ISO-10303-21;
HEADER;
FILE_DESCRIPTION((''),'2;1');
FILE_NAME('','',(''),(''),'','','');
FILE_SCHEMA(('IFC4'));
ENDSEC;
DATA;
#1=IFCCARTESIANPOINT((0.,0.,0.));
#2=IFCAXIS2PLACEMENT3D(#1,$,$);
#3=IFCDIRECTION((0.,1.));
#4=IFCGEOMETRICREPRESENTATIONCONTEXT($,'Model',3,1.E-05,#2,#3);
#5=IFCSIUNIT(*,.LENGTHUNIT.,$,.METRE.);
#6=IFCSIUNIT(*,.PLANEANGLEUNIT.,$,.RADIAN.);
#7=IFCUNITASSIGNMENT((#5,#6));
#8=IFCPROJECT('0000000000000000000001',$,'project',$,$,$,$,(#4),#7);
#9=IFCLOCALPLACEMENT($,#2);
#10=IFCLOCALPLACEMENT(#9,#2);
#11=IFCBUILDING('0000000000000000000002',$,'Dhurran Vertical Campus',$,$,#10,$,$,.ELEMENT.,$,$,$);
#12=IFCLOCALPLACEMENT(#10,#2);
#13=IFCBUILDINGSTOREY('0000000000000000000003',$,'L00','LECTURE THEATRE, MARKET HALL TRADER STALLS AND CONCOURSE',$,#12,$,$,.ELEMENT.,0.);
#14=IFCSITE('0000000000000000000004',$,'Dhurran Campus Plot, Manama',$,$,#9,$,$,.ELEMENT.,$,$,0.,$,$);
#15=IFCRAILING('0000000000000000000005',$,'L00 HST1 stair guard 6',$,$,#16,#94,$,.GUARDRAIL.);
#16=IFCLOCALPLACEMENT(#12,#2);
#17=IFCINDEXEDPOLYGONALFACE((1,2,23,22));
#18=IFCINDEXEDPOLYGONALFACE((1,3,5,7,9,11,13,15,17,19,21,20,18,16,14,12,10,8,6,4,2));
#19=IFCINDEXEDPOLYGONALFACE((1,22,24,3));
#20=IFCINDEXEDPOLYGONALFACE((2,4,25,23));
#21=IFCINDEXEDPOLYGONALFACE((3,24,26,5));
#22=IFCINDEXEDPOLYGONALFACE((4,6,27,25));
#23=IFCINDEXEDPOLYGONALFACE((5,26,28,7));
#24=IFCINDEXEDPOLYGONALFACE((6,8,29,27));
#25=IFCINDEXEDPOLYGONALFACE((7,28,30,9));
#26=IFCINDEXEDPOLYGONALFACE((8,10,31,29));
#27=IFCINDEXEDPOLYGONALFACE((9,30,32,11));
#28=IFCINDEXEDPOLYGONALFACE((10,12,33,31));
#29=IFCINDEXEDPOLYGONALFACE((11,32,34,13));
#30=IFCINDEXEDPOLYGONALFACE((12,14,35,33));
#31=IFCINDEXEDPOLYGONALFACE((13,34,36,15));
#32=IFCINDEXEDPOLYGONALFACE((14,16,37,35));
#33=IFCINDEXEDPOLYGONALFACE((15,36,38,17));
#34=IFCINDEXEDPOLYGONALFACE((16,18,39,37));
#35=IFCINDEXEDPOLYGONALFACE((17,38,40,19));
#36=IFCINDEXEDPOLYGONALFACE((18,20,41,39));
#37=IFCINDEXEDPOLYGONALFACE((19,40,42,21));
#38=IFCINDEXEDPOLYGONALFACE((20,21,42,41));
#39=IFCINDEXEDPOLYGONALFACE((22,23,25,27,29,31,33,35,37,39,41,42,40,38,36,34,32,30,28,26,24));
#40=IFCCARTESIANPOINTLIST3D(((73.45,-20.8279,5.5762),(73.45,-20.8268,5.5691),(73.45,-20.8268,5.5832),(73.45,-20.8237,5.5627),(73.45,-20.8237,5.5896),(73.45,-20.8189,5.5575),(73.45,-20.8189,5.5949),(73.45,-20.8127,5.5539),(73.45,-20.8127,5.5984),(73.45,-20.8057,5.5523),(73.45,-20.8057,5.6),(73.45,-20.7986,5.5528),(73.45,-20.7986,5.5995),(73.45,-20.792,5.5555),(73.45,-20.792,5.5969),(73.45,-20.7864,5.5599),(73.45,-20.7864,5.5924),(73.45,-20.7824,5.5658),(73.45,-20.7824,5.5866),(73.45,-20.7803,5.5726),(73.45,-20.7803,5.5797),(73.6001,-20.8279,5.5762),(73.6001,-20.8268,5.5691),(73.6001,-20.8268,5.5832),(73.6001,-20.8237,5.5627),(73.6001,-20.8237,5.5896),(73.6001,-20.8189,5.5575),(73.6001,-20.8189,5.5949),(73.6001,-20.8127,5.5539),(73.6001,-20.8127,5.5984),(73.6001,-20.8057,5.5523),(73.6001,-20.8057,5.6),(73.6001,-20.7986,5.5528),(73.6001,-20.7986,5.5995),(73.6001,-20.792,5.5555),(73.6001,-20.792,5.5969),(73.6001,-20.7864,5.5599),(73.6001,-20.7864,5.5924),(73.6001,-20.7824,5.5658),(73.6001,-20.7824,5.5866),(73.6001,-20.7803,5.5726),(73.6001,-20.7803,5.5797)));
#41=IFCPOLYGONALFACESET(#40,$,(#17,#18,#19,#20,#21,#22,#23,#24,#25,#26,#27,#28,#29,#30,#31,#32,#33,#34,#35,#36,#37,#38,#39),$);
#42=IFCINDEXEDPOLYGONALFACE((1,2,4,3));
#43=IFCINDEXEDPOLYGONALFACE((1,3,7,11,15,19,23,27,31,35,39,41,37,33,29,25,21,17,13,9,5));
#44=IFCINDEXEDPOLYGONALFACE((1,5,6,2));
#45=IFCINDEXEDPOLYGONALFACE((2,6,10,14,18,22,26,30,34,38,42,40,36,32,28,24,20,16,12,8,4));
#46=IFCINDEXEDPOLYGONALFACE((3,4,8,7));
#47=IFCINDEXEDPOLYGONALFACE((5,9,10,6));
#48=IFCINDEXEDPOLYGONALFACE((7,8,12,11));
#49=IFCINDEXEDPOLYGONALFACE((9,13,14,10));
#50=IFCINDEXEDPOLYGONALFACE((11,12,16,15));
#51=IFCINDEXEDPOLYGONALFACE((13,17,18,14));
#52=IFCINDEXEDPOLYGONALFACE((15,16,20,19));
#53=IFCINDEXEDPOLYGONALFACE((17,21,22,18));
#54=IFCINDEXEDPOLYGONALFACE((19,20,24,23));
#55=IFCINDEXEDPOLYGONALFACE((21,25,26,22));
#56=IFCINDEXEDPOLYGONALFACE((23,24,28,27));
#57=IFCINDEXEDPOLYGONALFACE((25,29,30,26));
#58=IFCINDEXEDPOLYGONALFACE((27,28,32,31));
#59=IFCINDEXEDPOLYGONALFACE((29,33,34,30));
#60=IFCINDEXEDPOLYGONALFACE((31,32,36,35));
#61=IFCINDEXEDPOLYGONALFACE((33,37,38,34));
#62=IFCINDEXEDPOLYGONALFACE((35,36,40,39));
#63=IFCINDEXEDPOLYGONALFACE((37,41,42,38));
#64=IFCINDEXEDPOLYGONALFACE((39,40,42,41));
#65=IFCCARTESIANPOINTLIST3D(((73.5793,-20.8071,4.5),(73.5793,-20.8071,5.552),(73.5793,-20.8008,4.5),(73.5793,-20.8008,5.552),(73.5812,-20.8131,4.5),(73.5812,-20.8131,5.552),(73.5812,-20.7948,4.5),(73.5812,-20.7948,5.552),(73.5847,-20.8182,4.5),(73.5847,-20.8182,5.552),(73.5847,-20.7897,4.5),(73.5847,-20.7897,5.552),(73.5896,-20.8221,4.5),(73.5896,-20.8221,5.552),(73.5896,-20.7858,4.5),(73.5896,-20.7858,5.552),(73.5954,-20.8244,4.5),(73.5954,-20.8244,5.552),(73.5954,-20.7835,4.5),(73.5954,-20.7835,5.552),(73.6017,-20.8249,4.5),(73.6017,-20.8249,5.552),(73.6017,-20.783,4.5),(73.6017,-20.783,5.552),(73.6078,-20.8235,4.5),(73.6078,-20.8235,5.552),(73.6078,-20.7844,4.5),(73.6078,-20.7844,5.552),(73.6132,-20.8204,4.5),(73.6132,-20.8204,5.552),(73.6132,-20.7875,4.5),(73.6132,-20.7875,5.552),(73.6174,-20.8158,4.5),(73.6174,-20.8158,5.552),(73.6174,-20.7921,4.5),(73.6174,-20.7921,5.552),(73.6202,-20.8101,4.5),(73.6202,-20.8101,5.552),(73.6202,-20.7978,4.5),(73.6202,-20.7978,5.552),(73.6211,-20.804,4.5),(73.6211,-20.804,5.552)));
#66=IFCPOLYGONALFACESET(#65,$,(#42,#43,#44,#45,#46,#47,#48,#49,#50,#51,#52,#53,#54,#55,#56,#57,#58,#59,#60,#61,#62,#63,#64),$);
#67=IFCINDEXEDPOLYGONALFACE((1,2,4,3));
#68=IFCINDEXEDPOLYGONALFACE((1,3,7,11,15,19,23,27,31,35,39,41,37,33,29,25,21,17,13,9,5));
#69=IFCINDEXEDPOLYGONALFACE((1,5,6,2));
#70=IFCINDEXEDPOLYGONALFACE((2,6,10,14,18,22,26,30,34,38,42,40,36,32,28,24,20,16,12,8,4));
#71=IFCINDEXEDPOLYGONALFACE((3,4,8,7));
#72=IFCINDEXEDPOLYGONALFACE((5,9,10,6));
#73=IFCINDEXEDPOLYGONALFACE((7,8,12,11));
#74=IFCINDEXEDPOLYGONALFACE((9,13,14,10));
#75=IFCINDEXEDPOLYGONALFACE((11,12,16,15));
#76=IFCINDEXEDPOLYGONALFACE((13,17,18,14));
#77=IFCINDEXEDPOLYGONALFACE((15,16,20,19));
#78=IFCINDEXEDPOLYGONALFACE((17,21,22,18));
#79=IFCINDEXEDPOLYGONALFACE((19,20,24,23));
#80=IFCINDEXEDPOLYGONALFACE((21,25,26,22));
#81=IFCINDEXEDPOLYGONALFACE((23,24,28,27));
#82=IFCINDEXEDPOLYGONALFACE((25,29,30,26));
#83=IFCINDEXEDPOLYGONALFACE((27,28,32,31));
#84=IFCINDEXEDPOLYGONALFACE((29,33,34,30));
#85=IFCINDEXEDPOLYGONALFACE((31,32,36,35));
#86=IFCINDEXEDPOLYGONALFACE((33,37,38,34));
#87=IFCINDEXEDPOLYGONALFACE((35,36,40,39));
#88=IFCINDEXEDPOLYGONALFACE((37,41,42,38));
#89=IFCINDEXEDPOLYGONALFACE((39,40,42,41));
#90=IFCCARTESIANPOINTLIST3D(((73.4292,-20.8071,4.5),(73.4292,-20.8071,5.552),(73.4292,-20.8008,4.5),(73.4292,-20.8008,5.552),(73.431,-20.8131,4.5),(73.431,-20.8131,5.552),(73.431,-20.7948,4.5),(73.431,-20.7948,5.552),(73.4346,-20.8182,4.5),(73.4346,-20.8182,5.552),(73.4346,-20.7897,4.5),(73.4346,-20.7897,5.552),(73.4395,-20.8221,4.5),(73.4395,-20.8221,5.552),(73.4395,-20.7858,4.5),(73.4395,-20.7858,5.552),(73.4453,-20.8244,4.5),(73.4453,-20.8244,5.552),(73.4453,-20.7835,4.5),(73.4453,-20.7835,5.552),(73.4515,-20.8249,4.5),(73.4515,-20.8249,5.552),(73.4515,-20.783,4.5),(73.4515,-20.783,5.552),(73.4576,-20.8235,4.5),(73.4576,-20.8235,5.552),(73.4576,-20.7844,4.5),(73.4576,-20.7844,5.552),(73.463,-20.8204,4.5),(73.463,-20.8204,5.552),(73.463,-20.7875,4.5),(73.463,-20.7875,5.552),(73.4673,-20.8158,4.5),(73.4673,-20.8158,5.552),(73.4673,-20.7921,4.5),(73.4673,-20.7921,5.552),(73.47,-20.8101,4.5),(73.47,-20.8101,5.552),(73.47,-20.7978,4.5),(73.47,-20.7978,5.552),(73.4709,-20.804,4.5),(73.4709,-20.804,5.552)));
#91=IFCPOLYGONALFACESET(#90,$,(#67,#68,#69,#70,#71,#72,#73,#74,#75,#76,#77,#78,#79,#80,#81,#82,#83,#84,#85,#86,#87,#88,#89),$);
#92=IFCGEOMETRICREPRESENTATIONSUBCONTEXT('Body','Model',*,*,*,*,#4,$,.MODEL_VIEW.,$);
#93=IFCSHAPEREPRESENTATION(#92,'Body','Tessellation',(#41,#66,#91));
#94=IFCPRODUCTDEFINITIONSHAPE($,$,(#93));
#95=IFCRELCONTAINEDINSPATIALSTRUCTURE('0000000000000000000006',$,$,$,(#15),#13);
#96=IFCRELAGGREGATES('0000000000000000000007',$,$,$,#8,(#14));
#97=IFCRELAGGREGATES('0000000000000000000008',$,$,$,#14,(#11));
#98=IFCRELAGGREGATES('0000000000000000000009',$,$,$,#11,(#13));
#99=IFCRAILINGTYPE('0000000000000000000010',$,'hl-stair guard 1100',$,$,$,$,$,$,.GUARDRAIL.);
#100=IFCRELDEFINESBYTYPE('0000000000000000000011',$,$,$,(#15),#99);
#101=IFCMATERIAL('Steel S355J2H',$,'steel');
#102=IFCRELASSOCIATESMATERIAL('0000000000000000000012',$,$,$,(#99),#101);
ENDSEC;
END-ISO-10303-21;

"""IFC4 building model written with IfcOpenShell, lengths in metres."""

from ifc_helpers import new_model, si_unit, direction, frame, origin, origin_2d, place, context, subcontext, project, spatial, circle, extrude, material, type_object, element, save


model = new_model("IFC4")

# Units and contexts
model_context = context("Model", 3, precision=1e-05, world=origin(), true_north=direction((0.0, 1.0)))
body_context = subcontext(model_context, "Body", "Model", "MODEL_VIEW")
ifc_project = project(units=[si_unit("LENGTHUNIT", "METRE"), si_unit("PLANEANGLEUNIT", "RADIAN")], contexts=[model_context])

# Site, building, storey
site_placement = place(None, origin())
site = spatial("IfcSite", under=ifc_project, at=site_placement, Name="Dhurran Campus Plot, Manama", CompositionType="ELEMENT", RefElevation=0.0)
building_placement = place(site_placement, origin())
building = spatial("IfcBuilding", under=site, at=building_placement, Name="Dhurran Vertical Campus", CompositionType="ELEMENT")
storey_placement = place(building_placement, origin())
storey = spatial("IfcBuildingStorey", under=building, at=storey_placement, Name="L00", Description="LECTURE THEATRE, MARKET HALL TRADER STALLS AND CONCOURSE", CompositionType="ELEMENT", Elevation=0.0)

# Railing
ifc_material_1 = material(Name="Steel S355J2H", Category="steel")
railing_type_1 = type_object("IfcRailingType", Name="hl-stair guard 1100", PredefinedType="GUARDRAIL", material=ifc_material_1)
railing_1_placement = place(storey_placement, frame((73.6001, -20.804, 4.5)))
element("IfcRailing", 1, at=railing_1_placement, inside=storey, type_object=railing_type_1, Name="L00 HST1 stair guard 6", PredefinedType="GUARDRAIL", context=body_context, shape_type="SweptSolid", body=[
    extrude(circle(Radius=0.0239, at=origin_2d()), frame((0.0, 0.0, 1.0762), z_axis=(-1.0, 0.0, 0.0), x_axis=(0.0, -1.0, 0.0)), (0.0, 0.0, 1.0), 0.1501),
    extrude(circle(Radius=0.021, at=origin_2d()), origin(), (0.0, 0.0, 1.0), 1.052),
    extrude(circle(Radius=0.021, at=origin_2d()), frame((-0.1501, 0.0, 0.0)), (0.0, 0.0, 1.0), 1.052),
])

save(model, "model.ifc")
